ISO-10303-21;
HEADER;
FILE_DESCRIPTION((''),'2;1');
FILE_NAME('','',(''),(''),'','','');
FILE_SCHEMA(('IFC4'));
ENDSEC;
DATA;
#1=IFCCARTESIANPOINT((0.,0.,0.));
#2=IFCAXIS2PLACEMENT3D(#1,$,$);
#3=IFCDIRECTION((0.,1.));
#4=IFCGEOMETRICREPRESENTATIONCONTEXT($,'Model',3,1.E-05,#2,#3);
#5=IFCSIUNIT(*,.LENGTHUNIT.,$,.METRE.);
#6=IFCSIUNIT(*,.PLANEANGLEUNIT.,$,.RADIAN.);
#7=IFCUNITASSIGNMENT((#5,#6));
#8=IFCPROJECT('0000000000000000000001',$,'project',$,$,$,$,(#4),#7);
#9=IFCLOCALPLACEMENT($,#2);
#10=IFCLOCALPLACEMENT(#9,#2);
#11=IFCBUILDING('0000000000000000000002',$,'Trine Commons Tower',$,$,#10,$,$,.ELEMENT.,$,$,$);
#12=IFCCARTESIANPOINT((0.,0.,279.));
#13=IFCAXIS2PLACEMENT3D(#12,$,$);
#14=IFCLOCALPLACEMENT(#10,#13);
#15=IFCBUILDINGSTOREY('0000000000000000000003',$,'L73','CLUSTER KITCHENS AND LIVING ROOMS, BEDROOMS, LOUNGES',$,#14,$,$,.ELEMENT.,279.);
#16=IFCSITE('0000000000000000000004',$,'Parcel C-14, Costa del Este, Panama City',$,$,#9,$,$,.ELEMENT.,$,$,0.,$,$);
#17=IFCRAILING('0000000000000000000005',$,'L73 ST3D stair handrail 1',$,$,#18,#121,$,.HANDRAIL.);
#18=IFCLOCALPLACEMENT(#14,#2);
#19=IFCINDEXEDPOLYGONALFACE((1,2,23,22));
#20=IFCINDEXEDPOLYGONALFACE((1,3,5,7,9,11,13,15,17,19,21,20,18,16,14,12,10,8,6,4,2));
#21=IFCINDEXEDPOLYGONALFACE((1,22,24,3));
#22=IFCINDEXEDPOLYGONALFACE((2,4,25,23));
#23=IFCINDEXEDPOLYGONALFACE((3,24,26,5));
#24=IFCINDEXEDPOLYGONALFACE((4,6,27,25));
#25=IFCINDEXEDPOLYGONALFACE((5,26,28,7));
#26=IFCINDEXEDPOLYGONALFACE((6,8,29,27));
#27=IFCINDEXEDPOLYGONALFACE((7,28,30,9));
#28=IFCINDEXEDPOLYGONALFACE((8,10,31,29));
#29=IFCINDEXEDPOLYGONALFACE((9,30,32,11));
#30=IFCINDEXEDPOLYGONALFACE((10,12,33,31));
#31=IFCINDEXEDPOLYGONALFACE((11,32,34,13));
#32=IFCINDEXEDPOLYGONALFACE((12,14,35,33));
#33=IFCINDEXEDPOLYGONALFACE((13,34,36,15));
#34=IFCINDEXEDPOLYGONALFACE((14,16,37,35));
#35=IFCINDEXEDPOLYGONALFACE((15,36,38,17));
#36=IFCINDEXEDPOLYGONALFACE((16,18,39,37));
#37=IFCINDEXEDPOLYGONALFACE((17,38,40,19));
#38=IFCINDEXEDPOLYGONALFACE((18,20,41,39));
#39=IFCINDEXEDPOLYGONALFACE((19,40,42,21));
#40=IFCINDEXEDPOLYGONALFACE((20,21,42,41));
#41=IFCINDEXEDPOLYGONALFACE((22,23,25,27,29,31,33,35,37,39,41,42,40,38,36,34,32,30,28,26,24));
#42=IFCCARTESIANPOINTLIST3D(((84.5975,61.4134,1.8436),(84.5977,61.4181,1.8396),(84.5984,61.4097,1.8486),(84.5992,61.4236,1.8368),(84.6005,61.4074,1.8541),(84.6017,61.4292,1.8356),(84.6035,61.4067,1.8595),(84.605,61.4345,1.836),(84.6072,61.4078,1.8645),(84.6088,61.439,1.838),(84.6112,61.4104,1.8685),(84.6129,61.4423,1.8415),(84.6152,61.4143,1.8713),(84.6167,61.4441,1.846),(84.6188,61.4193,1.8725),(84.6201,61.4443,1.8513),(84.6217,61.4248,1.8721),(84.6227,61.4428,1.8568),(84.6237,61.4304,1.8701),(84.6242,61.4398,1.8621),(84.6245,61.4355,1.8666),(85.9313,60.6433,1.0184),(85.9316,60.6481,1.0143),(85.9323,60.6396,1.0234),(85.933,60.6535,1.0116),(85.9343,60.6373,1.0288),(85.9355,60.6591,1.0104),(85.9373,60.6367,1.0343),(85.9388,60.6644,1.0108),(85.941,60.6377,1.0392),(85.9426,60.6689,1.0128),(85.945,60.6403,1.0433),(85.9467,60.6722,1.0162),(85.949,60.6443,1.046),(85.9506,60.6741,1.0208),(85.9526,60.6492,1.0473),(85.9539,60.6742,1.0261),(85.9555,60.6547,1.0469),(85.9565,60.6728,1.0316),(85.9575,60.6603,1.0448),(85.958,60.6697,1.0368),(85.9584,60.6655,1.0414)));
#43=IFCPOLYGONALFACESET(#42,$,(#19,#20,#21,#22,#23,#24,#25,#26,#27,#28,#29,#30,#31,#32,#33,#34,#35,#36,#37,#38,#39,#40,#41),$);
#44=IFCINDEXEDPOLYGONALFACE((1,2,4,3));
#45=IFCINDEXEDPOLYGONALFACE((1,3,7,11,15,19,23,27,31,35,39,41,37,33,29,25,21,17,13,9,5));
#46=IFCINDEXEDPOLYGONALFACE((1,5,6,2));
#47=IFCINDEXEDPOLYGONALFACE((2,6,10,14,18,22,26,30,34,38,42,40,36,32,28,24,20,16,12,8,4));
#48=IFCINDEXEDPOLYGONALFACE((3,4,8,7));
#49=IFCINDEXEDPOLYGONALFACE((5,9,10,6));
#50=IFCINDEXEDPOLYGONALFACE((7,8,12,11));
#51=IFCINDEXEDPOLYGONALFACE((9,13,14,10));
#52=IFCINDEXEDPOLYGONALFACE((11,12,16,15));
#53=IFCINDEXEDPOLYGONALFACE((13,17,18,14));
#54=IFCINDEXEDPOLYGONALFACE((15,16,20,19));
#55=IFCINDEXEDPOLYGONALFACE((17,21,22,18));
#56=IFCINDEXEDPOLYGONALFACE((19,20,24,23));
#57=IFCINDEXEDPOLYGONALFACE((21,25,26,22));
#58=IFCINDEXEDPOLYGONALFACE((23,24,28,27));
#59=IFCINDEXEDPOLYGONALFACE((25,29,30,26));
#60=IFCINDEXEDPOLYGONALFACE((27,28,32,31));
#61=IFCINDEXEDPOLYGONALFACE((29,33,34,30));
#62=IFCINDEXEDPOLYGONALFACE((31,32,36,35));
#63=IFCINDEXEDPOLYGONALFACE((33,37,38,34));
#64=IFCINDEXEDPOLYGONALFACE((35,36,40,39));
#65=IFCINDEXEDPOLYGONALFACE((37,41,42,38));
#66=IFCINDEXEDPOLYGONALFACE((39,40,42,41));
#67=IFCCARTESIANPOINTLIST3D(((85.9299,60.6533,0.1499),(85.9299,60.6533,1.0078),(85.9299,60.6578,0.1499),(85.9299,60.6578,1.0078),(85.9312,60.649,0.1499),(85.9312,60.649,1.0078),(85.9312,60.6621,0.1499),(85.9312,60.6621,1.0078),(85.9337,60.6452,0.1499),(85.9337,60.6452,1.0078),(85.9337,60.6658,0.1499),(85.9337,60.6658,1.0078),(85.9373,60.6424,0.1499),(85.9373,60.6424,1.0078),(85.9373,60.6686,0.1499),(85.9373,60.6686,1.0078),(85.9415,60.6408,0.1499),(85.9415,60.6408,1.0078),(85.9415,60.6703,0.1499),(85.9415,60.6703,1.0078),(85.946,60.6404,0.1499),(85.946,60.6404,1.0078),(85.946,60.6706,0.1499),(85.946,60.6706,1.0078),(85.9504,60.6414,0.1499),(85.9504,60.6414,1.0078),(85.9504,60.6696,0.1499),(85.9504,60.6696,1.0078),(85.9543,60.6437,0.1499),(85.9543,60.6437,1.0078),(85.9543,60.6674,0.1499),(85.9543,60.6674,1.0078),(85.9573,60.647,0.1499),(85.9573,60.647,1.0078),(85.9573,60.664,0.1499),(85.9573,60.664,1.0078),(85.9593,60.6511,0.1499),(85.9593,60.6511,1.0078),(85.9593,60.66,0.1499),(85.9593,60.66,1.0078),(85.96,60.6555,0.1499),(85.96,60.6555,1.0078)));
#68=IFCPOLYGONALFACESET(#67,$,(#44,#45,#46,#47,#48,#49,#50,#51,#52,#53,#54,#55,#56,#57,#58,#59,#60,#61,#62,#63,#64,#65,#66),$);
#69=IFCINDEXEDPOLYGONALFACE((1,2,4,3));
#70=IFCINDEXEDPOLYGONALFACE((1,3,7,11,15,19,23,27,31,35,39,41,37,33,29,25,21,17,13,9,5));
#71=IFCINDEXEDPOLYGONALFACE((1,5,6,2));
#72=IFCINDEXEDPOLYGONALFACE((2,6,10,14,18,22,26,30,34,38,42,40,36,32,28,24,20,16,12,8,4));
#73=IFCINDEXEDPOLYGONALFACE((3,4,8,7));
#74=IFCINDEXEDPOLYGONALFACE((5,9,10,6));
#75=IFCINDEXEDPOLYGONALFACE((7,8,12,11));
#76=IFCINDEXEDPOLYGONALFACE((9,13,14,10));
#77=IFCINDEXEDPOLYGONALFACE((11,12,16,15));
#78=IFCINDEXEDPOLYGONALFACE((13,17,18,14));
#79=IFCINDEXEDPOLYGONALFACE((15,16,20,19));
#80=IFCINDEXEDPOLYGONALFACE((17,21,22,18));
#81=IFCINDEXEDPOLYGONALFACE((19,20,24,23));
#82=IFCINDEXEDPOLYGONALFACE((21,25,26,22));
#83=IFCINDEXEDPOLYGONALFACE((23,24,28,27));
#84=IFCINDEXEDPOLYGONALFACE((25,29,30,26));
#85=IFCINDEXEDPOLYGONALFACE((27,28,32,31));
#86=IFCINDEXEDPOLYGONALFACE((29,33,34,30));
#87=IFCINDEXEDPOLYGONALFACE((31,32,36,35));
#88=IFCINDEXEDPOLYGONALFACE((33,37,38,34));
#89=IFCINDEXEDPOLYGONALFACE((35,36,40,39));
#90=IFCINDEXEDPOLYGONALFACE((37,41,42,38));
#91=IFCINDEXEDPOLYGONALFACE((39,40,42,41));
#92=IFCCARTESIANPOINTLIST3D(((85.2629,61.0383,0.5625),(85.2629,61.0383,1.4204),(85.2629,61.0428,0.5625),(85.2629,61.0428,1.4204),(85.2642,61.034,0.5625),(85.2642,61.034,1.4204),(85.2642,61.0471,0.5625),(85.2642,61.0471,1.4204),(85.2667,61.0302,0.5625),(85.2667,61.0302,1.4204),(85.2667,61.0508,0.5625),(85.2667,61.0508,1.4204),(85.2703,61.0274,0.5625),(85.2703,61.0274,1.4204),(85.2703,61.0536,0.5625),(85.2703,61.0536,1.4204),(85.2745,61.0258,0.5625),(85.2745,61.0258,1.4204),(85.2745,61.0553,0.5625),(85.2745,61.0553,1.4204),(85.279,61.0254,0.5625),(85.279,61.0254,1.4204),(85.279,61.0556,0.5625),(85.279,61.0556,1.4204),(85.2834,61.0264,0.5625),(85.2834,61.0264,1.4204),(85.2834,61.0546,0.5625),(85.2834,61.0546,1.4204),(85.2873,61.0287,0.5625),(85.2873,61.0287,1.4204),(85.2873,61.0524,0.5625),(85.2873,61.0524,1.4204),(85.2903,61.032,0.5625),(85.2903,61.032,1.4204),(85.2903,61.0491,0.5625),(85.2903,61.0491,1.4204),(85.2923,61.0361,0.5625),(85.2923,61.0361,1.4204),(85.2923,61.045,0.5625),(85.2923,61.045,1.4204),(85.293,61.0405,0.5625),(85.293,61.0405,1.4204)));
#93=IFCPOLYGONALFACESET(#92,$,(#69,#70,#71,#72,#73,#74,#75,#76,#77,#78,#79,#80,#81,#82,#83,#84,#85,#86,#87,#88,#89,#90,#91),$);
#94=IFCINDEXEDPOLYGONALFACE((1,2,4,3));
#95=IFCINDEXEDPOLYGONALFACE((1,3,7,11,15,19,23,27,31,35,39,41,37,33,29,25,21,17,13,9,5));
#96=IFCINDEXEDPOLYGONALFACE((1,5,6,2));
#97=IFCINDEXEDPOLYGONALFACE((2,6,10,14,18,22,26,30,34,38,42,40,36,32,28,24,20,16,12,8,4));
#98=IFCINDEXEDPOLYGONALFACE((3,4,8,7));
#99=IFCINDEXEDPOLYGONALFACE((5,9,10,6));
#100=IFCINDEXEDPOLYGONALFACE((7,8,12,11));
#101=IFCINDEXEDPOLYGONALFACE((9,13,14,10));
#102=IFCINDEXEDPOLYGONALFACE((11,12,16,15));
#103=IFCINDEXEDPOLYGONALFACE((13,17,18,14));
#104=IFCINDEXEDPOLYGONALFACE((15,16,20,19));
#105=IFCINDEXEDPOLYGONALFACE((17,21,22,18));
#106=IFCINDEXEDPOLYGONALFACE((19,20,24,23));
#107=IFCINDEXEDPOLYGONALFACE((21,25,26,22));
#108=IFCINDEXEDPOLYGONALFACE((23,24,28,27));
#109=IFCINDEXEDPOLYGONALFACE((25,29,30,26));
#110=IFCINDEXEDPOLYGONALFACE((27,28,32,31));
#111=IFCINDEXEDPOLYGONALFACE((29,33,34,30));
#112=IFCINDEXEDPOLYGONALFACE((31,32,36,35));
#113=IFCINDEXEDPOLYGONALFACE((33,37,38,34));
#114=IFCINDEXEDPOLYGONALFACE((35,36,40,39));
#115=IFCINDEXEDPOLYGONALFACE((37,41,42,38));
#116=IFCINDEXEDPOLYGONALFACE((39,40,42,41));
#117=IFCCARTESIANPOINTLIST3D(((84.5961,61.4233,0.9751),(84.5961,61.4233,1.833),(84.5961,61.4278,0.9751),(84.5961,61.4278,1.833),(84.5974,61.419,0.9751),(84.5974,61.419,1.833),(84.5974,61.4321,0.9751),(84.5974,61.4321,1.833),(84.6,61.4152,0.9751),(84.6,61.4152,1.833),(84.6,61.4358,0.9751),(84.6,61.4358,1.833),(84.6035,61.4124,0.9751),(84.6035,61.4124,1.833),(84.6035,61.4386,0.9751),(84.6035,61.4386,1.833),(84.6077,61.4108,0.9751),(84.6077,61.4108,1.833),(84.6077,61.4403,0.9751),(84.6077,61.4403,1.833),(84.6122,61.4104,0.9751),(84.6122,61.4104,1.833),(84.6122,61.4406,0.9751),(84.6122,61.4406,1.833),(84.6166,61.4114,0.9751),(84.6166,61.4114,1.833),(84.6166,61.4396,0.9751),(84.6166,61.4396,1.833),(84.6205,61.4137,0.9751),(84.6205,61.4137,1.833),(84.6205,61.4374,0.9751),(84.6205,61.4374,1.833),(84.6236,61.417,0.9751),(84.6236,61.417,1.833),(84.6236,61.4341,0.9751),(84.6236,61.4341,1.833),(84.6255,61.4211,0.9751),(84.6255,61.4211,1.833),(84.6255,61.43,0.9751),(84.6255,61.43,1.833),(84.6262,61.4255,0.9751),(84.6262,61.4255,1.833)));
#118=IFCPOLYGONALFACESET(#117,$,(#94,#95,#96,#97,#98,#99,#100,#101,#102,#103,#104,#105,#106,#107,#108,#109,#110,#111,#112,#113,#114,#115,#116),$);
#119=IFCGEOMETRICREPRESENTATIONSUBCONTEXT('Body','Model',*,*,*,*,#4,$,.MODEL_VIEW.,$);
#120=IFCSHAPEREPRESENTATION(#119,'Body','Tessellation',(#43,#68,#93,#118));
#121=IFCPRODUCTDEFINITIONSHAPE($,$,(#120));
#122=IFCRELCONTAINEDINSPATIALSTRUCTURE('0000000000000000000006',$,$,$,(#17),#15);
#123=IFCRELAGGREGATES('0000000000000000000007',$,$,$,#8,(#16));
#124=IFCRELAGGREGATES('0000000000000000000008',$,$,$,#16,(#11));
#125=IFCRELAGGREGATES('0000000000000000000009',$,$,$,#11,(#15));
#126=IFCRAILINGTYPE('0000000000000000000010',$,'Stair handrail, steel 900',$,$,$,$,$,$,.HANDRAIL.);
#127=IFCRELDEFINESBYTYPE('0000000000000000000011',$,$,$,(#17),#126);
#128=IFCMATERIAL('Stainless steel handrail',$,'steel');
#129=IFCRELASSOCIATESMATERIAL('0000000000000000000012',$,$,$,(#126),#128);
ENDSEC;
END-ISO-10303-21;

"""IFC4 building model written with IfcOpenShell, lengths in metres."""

from ifc_helpers import new_model, si_unit, direction, frame, origin, origin_2d, place, context, subcontext, project, spatial, circle, extrude, material, type_object, element, save


model = new_model("IFC4")

# Units and contexts
model_context = context("Model", 3, precision=1e-05, world=origin(), true_north=direction((0.0, 1.0)))
body_context = subcontext(model_context, "Body", "Model", "MODEL_VIEW")
ifc_project = project(units=[si_unit("LENGTHUNIT", "METRE"), si_unit("PLANEANGLEUNIT", "RADIAN")], contexts=[model_context])

# Site, building, storey
site_placement = place(None, origin())
site = spatial("IfcSite", under=ifc_project, at=site_placement, Name="Parcel C-14, Costa del Este, Panama City", CompositionType="ELEMENT", RefElevation=0.0)
building_placement = place(site_placement, origin())
building = spatial("IfcBuilding", under=site, at=building_placement, Name="Trine Commons Tower", CompositionType="ELEMENT")
storey_placement = place(building_placement, frame((0.0, 0.0, 279.0)))
storey = spatial("IfcBuildingStorey", under=building, at=storey_placement, Name="L73", Description="CLUSTER KITCHENS AND LIVING ROOMS, BEDROOMS, LOUNGES", CompositionType="ELEMENT", Elevation=279.0)

# Railing
ifc_material_1 = material(Name="Stainless steel handrail", Category="steel")
railing_type_1 = type_object("IfcRailingType", Name="Stair handrail, steel 900", PredefinedType="HANDRAIL", material=ifc_material_1)
railing_1_placement = place(storey_placement, frame((85.9448, 60.6555, 0.1499)))
element("IfcRailing", 1, at=railing_1_placement, inside=storey, type_object=railing_type_1, Name="L73 ST3D stair handrail 1", PredefinedType="HANDRAIL", context=body_context, shape_type="SweptSolid", body=[
    extrude(circle(Radius=0.021, at=origin_2d()), frame((0.0, 0.0, 0.8789), z_axis=(-0.763355, 0.440714, 0.472293), x_axis=(-0.499992, -0.86603, 0.0)), (0.0, 0.0, 1.0), 1.7473),
    extrude(circle(Radius=0.0151, at=origin_2d()), origin(), (0.0, 0.0, 1.0), 0.8579),
    extrude(circle(Radius=0.0151, at=origin_2d()), frame((-0.667, 0.385, 0.4126)), (0.0, 0.0, 1.0), 0.8579),
    extrude(circle(Radius=0.0151, at=origin_2d()), frame((-1.3337, 0.77, 0.8252)), (0.0, 0.0, 1.0), 0.8579),
])

save(model, "model.ifc")
